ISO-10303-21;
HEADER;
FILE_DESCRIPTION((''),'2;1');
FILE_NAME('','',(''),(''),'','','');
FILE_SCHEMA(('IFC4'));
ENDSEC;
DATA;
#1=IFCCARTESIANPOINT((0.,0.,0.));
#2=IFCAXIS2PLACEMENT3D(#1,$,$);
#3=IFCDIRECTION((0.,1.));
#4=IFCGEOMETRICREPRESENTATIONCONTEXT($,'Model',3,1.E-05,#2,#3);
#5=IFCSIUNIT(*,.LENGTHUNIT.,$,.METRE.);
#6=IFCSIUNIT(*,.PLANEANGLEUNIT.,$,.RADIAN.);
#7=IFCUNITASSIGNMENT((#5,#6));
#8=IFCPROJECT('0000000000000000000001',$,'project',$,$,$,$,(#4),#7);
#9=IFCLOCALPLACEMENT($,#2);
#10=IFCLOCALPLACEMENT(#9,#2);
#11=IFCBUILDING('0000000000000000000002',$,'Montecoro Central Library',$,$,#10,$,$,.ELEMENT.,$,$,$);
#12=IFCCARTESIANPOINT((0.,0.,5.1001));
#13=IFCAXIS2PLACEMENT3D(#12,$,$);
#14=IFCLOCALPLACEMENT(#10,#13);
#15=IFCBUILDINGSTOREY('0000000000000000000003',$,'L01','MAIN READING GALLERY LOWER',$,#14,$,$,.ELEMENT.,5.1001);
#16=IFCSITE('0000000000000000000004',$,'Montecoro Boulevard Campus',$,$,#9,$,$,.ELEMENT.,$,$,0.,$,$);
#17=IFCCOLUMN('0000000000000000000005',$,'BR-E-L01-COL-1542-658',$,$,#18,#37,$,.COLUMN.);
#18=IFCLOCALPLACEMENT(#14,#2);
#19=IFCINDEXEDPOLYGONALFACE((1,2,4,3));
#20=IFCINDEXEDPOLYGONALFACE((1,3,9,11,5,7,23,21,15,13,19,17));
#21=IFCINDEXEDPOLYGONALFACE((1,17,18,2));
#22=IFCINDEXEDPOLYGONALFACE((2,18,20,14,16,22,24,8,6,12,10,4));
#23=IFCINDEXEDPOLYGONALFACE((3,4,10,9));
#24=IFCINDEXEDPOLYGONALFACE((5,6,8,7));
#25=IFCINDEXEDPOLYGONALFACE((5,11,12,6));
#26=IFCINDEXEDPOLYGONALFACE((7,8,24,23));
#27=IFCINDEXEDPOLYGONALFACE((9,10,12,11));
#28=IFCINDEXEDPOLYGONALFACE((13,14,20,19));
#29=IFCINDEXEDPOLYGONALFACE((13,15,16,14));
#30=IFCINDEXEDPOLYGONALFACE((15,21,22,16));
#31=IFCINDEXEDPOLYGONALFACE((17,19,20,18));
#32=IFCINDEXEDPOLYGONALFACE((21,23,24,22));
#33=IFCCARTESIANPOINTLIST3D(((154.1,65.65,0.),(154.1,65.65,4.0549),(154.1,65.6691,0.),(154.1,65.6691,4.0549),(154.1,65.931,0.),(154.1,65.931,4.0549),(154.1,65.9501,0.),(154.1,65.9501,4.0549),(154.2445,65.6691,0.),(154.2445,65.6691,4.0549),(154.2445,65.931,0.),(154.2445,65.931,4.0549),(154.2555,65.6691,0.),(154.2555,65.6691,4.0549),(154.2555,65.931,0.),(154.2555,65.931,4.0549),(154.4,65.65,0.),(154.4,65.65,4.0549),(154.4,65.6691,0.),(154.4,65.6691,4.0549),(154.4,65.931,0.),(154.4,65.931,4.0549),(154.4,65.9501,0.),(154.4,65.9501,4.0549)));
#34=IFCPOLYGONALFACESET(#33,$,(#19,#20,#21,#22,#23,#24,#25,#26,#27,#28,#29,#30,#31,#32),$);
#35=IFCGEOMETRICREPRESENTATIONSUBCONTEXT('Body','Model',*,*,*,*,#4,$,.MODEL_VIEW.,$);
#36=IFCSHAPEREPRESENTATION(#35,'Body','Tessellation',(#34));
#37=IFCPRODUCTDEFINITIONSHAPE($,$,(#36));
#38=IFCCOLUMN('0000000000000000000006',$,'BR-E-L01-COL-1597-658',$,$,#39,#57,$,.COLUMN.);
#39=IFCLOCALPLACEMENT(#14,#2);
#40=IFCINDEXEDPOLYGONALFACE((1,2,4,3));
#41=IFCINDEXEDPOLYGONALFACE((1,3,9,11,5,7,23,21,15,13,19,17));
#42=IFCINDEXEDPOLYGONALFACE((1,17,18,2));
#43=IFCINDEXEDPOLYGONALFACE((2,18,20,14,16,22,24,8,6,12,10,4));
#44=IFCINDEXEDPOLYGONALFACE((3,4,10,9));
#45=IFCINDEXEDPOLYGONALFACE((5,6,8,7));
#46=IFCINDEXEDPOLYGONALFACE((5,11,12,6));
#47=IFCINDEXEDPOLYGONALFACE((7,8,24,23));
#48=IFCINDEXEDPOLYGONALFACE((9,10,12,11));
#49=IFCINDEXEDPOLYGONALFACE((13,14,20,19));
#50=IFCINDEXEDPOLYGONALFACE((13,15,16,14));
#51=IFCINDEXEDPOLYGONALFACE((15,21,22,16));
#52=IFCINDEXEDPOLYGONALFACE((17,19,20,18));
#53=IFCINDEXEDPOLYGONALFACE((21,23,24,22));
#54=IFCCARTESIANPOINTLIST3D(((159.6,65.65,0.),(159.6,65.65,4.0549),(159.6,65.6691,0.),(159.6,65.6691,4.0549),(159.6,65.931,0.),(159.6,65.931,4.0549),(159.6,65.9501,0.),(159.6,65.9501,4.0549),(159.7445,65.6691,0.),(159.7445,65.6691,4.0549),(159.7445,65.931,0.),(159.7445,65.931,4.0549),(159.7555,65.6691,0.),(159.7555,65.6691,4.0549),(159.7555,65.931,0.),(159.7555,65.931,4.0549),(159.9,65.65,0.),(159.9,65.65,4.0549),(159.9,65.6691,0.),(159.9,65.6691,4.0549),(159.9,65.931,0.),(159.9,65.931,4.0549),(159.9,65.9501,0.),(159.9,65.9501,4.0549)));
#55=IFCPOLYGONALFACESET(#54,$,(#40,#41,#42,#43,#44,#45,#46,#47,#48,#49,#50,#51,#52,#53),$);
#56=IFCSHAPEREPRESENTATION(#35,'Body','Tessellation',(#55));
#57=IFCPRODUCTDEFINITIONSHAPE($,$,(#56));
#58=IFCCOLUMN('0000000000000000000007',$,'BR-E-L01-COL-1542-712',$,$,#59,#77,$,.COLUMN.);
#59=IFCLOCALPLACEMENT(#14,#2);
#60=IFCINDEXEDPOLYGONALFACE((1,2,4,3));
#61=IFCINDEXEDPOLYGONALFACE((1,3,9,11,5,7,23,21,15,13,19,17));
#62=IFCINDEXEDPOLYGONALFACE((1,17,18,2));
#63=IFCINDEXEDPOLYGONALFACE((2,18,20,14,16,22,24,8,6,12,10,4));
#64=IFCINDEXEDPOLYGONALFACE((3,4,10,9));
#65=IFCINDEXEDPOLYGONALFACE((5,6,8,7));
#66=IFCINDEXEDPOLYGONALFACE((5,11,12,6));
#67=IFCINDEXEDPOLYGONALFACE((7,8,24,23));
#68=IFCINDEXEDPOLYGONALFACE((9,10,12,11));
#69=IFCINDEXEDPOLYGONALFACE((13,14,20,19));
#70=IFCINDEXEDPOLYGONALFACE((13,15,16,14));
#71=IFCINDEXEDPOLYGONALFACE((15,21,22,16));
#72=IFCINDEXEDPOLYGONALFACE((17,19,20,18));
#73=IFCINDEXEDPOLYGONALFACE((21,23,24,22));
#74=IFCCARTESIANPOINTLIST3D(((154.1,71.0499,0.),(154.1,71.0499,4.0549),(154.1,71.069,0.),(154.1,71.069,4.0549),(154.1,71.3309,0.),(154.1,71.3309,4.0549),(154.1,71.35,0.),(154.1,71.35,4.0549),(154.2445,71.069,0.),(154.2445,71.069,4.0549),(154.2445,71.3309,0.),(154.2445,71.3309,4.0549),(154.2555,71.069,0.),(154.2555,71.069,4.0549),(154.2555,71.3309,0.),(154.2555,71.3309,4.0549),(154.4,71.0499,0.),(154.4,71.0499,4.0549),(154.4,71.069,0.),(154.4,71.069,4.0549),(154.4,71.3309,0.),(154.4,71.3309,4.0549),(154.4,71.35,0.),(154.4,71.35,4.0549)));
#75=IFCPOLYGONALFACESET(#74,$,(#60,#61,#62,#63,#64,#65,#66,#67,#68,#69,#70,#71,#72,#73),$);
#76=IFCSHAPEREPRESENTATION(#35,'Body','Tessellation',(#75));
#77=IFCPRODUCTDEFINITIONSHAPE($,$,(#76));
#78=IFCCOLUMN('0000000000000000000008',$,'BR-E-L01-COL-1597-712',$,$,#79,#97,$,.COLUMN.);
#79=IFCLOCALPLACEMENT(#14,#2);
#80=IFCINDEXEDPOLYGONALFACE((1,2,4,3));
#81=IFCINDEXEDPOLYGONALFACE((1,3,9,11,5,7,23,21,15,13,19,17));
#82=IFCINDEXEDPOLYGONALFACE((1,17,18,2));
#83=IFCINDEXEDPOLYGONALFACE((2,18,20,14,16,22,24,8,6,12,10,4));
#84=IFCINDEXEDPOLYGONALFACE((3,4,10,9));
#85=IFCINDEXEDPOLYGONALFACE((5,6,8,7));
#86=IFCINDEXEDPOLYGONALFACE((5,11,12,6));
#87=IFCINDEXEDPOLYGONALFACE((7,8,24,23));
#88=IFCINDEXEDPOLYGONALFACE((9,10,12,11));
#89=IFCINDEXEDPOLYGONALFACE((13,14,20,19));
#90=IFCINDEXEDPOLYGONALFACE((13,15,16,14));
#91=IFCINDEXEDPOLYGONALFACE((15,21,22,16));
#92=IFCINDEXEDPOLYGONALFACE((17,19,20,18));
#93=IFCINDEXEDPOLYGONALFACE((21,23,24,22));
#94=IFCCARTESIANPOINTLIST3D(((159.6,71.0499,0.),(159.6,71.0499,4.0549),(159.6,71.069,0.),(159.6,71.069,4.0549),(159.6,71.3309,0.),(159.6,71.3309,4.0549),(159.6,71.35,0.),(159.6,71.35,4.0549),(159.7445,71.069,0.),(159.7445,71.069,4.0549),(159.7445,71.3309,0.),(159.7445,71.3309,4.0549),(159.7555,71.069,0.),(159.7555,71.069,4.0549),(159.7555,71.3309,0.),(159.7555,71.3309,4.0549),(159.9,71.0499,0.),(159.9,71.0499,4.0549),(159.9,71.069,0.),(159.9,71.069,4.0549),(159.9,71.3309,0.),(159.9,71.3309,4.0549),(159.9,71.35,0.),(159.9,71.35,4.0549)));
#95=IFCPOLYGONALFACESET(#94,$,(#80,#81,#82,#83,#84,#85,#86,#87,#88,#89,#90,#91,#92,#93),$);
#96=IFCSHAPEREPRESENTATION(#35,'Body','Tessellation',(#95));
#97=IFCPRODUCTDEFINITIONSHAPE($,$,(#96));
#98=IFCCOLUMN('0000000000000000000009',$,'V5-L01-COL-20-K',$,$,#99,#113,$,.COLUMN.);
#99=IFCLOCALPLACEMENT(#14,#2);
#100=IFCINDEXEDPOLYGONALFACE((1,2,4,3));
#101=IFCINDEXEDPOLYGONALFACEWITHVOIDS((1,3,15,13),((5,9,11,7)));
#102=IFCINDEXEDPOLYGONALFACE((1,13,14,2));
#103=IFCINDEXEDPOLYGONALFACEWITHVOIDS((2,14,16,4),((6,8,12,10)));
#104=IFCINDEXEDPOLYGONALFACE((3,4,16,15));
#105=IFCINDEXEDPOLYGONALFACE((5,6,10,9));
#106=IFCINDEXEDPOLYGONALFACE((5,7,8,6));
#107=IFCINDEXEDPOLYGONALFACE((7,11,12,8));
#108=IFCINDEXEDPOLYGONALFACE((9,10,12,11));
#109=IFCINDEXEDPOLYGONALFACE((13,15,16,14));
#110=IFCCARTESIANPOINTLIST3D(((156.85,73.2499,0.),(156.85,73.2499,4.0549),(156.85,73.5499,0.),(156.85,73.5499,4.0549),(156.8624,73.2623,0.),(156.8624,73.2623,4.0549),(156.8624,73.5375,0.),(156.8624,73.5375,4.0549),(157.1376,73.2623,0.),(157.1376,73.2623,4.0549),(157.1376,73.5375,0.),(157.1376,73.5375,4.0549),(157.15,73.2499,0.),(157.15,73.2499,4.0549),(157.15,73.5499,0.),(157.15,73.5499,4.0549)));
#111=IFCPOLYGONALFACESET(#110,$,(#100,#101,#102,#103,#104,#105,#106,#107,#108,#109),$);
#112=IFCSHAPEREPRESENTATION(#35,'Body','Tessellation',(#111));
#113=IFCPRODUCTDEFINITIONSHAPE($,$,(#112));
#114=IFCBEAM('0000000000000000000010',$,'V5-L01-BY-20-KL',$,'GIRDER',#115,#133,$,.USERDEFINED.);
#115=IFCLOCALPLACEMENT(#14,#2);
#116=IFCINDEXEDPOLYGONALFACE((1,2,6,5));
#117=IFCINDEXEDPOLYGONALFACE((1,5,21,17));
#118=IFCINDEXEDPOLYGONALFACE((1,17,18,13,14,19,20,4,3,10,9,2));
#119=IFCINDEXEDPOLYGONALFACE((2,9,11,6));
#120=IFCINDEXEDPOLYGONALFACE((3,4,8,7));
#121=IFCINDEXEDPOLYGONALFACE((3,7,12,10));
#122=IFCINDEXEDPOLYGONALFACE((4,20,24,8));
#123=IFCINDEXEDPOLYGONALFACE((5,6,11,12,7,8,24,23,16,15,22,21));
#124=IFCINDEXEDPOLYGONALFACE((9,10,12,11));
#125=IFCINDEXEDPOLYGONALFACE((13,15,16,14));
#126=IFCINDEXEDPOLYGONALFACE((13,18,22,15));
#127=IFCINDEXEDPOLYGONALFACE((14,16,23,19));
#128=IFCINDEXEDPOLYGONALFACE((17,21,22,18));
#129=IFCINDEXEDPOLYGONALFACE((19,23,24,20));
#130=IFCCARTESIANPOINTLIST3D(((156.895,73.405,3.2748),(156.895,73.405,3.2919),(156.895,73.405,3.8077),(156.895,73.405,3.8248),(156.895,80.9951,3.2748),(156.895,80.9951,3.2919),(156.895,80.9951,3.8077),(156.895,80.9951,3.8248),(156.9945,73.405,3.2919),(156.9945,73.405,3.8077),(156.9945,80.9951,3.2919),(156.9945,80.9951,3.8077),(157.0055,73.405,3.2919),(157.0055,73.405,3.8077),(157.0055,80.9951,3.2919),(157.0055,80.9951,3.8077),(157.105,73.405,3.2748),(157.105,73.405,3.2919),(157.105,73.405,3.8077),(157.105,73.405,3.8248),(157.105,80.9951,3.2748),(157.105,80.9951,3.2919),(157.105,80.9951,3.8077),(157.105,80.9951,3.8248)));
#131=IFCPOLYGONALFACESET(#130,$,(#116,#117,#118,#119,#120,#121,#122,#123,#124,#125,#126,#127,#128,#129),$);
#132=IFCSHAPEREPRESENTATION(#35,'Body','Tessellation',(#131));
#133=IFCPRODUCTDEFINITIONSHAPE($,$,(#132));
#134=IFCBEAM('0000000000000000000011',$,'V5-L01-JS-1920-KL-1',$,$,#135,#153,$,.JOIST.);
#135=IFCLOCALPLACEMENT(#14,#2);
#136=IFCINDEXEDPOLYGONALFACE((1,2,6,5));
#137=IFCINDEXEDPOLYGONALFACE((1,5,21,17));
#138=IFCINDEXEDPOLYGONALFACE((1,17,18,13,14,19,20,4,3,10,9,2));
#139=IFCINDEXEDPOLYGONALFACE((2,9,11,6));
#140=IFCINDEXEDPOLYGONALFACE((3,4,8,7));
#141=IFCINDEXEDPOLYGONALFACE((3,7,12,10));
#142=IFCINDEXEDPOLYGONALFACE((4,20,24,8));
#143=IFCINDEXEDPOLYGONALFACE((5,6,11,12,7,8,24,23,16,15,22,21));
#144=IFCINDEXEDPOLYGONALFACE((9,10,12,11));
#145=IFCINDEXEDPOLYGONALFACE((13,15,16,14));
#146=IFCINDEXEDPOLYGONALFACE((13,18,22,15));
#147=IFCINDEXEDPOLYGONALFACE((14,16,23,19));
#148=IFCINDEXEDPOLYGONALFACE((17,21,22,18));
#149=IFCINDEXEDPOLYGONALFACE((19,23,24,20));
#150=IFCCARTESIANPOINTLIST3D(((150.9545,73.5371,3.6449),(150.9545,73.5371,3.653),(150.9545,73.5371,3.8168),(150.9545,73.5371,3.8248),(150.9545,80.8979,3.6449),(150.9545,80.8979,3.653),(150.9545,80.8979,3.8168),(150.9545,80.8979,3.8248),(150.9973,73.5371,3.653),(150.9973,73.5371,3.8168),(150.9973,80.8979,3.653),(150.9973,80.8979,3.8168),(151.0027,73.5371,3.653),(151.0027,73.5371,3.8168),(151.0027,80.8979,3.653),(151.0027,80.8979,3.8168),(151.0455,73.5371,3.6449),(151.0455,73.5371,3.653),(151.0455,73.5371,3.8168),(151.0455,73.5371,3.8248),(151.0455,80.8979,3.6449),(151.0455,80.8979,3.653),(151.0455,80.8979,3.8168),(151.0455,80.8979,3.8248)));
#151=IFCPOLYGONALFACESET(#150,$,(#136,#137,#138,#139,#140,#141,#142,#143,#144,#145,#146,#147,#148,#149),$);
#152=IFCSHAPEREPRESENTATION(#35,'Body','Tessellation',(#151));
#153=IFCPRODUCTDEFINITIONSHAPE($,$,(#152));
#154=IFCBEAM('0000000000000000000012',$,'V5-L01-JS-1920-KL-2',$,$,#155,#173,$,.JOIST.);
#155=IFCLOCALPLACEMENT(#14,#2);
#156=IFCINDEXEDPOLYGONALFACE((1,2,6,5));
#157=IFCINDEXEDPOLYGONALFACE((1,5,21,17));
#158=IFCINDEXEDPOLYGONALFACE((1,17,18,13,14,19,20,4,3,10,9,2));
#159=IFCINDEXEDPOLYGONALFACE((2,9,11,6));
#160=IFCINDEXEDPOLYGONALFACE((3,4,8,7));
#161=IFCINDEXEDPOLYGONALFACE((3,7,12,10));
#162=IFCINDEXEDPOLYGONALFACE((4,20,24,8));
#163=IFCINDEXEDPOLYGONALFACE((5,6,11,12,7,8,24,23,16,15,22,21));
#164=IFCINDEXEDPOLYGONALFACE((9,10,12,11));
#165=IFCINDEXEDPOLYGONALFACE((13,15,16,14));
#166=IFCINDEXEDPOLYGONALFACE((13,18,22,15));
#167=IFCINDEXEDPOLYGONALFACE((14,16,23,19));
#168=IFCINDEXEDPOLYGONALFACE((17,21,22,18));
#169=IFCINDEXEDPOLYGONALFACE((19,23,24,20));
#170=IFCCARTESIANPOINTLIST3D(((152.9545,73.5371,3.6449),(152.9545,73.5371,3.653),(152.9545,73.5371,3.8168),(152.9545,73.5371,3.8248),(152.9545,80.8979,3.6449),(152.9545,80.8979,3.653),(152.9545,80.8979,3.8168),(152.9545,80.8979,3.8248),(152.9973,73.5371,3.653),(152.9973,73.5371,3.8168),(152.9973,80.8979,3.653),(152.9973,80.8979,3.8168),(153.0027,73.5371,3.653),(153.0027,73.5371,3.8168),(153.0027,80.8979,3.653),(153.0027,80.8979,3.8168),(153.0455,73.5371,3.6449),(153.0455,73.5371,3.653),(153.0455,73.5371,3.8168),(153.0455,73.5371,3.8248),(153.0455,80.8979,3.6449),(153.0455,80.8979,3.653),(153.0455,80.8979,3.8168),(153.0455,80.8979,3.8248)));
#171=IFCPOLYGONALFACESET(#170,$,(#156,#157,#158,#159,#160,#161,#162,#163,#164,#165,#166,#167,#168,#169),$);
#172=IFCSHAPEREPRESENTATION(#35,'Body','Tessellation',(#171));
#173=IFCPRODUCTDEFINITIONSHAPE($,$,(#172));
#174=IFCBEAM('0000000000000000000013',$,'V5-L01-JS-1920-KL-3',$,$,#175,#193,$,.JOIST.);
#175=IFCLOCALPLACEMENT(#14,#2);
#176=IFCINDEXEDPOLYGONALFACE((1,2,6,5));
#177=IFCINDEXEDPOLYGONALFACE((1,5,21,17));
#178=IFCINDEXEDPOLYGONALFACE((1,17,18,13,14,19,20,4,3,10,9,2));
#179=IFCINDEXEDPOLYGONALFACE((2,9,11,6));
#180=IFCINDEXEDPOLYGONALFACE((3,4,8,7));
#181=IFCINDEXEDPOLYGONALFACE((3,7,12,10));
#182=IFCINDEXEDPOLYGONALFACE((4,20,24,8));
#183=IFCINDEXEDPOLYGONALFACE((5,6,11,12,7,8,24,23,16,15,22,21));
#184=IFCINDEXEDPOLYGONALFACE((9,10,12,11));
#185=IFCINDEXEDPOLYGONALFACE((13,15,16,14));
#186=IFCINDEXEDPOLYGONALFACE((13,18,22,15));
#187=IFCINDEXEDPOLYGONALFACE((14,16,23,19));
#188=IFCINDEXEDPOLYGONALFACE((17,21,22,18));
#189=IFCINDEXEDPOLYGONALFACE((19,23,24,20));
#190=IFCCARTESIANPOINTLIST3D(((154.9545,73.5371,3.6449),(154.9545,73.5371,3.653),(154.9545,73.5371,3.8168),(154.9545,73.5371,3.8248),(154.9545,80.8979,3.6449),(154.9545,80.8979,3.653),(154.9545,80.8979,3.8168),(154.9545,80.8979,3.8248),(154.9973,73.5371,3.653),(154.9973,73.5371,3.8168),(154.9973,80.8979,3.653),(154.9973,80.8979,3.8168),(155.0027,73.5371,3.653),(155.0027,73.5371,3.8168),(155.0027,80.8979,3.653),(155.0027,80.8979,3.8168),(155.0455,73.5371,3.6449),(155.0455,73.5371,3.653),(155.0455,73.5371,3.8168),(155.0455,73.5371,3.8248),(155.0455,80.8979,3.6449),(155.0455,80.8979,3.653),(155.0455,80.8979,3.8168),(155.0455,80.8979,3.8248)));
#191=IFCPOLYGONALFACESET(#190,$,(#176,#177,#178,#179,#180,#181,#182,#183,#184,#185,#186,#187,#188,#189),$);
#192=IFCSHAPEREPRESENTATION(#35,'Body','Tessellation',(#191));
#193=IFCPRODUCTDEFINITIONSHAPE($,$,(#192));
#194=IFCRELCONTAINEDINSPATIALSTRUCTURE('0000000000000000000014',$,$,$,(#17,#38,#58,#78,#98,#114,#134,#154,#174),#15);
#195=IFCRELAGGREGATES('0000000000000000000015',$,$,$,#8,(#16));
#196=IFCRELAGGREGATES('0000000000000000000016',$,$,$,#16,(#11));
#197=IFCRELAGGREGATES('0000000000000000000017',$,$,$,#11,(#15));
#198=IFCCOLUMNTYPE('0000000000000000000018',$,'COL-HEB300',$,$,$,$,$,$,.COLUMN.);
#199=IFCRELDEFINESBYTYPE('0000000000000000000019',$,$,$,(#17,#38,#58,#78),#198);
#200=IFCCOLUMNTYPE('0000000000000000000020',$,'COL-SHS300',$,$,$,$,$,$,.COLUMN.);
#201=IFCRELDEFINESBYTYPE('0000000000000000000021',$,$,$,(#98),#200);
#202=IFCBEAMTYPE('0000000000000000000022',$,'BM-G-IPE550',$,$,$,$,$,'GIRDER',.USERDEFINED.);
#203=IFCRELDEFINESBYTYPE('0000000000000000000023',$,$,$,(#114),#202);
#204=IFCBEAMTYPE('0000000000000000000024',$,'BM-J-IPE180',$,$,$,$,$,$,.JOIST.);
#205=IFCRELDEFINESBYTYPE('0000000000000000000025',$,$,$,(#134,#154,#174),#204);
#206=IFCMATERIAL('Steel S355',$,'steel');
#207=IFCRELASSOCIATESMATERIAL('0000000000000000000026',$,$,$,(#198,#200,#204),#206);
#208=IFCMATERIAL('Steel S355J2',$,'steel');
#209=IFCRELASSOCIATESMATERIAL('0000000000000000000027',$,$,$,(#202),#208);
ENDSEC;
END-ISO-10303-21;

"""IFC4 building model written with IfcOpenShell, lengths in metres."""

from ifc_helpers import new_model, si_unit, direction, frame, origin, origin_2d, place, context, subcontext, project, spatial, hollow_rectangle, i_section, extrude, material, material_profile, profile_set, type_object, element, save


model = new_model("IFC4")

# Units and contexts
model_context = context("Model", 3, precision=1e-05, world=origin(), true_north=direction((0.0, 1.0)))
body_context = subcontext(model_context, "Body", "Model", "MODEL_VIEW")
ifc_project = project(units=[si_unit("LENGTHUNIT", "METRE"), si_unit("PLANEANGLEUNIT", "RADIAN")], contexts=[model_context])

# Site, building, storey
site_placement = place(None, origin())
site = spatial("IfcSite", under=ifc_project, at=site_placement, Name="Montecoro Boulevard Campus", CompositionType="ELEMENT", RefElevation=0.0)
building_placement = place(site_placement, origin())
building = spatial("IfcBuilding", under=site, at=building_placement, Name="Montecoro Central Library", CompositionType="ELEMENT")
storey_placement = place(building_placement, frame((0.0, 0.0, 5.1001)))
storey = spatial("IfcBuildingStorey", under=building, at=storey_placement, Name="L01", Description="MAIN READING GALLERY LOWER", CompositionType="ELEMENT", Elevation=5.1001)

# Columns
ifc_material_1 = material(Name="Steel S355", Category="steel")
ifc_material_profile_1 = material_profile(ifc_material_1, i_section(OverallWidth=0.3, OverallDepth=0.3, WebThickness=0.011, FlangeThickness=0.019, at=origin_2d()), Name="HEB 300")
ifc_profile_set_1 = profile_set([ifc_material_profile_1], Name="Steel S355")
column_type_1 = type_object("IfcColumnType", Name="COL-HEB300", PredefinedType="COLUMN", material=ifc_profile_set_1)
for number, where, z_axis, x_axis, name in (
    (1, (154.25, 65.8, 0.0), (0.0, 0.0, 1.0), (1.0, 0.0, 0.0), "BR-E-L01-COL-1542-658"),
    (2, (159.75, 65.8, 0.0), (0.0, 0.0, 1.0), (1.0, 0.0, 0.0), "BR-E-L01-COL-1597-658"),
    (3, (154.25, 71.2, 0.0), (0.0, 0.0, 1.0), (1.0, 0.0, 0.0), "BR-E-L01-COL-1542-712"),
    (4, (159.75, 71.2, 0.0), (0.0, 0.0, 1.0), (1.0, 0.0, 0.0), "BR-E-L01-COL-1597-712"),
):
    element("IfcColumn", number, at=place(storey_placement, frame(where, z_axis=z_axis, x_axis=x_axis)), inside=storey, type_object=column_type_1, Name=name, PredefinedType="COLUMN", context=body_context, shape_type="SweptSolid", body=[
        extrude(i_section(OverallWidth=0.3, OverallDepth=0.3, WebThickness=0.011, FlangeThickness=0.019, at=origin_2d()), origin(), (0.0, 0.0, 1.0), 4.0549),
    ])
ifc_material_profile_2 = material_profile(ifc_material_1, hollow_rectangle(XDim=0.3, YDim=0.3, WallThickness=0.0125, at=origin_2d()), Name="SHS 300x300x12.5")
ifc_profile_set_2 = profile_set([ifc_material_profile_2], Name="Steel S355")
column_type_2 = type_object("IfcColumnType", Name="COL-SHS300", PredefinedType="COLUMN", material=ifc_profile_set_2)
column_placement = place(storey_placement, frame((157.0, 73.3999, 0.0), z_axis=(0.0, 0.0, 1.0), x_axis=(1.0, 0.0, 0.0)))
element("IfcColumn", 5, at=column_placement, inside=storey, type_object=column_type_2, Name="V5-L01-COL-20-K", PredefinedType="COLUMN", context=body_context, shape_type="SweptSolid", body=[
    extrude(hollow_rectangle(XDim=0.3, YDim=0.3, WallThickness=0.0125, at=origin_2d()), origin(), (0.0, 0.0, 1.0), 4.0549),
])

# Beams
ifc_material_2 = material(Name="Steel S355J2", Category="steel")
ifc_material_profile_3 = material_profile(ifc_material_2, i_section(OverallWidth=0.21, OverallDepth=0.55, WebThickness=0.011, FlangeThickness=0.0171, at=origin_2d()), Name="IPE 550")
ifc_profile_set_3 = profile_set([ifc_material_profile_3], Name="Steel S355J2")
beam_type_1 = type_object("IfcBeamType", Name="BM-G-IPE550", ElementType="GIRDER", PredefinedType="USERDEFINED", material=ifc_profile_set_3)
beam_placement = place(storey_placement, frame((157.0, 73.405, 3.5498), z_axis=(0.0, 1.0, 0.0), x_axis=(-1.0, 0.0, 0.0)))
element("IfcBeam", 6, at=beam_placement, inside=storey, type_object=beam_type_1, Name="V5-L01-BY-20-KL", ObjectType="GIRDER", PredefinedType="USERDEFINED", context=body_context, shape_type="SweptSolid", body=[
    extrude(i_section(OverallWidth=0.21, OverallDepth=0.55, WebThickness=0.011, FlangeThickness=0.0171, at=origin_2d()), origin(), (0.0, 0.0, 1.0), 7.5901),
])
ifc_material_profile_4 = material_profile(ifc_material_1, i_section(OverallWidth=0.0911, OverallDepth=0.1799, WebThickness=0.0054, FlangeThickness=0.0081, at=origin_2d()), Name="IPE 180")
ifc_profile_set_4 = profile_set([ifc_material_profile_4], Name="Steel S355")
beam_type_2 = type_object("IfcBeamType", Name="BM-J-IPE180", PredefinedType="JOIST", material=ifc_profile_set_4)
for number, where, z_axis, x_axis, name in (
    (7, (151.0, 73.5371, 3.7349), (0.0, 1.0, 0.0), (-1.0, 0.0, 0.0), "V5-L01-JS-1920-KL-1"),
    (8, (153.0, 73.5371, 3.7349), (0.0, 1.0, 0.0), (-1.0, 0.0, 0.0), "V5-L01-JS-1920-KL-2"),
    (9, (155.0, 73.5371, 3.7349), (0.0, 1.0, 0.0), (-1.0, 0.0, 0.0), "V5-L01-JS-1920-KL-3"),
):
    element("IfcBeam", number, at=place(storey_placement, frame(where, z_axis=z_axis, x_axis=x_axis)), inside=storey, type_object=beam_type_2, Name=name, PredefinedType="JOIST", context=body_context, shape_type="SweptSolid", body=[
        extrude(i_section(OverallWidth=0.0911, OverallDepth=0.1799, WebThickness=0.0054, FlangeThickness=0.0081, at=origin_2d()), origin(), (0.0, 0.0, 1.0), 7.3608),
    ])

save(model, "model.ifc")
